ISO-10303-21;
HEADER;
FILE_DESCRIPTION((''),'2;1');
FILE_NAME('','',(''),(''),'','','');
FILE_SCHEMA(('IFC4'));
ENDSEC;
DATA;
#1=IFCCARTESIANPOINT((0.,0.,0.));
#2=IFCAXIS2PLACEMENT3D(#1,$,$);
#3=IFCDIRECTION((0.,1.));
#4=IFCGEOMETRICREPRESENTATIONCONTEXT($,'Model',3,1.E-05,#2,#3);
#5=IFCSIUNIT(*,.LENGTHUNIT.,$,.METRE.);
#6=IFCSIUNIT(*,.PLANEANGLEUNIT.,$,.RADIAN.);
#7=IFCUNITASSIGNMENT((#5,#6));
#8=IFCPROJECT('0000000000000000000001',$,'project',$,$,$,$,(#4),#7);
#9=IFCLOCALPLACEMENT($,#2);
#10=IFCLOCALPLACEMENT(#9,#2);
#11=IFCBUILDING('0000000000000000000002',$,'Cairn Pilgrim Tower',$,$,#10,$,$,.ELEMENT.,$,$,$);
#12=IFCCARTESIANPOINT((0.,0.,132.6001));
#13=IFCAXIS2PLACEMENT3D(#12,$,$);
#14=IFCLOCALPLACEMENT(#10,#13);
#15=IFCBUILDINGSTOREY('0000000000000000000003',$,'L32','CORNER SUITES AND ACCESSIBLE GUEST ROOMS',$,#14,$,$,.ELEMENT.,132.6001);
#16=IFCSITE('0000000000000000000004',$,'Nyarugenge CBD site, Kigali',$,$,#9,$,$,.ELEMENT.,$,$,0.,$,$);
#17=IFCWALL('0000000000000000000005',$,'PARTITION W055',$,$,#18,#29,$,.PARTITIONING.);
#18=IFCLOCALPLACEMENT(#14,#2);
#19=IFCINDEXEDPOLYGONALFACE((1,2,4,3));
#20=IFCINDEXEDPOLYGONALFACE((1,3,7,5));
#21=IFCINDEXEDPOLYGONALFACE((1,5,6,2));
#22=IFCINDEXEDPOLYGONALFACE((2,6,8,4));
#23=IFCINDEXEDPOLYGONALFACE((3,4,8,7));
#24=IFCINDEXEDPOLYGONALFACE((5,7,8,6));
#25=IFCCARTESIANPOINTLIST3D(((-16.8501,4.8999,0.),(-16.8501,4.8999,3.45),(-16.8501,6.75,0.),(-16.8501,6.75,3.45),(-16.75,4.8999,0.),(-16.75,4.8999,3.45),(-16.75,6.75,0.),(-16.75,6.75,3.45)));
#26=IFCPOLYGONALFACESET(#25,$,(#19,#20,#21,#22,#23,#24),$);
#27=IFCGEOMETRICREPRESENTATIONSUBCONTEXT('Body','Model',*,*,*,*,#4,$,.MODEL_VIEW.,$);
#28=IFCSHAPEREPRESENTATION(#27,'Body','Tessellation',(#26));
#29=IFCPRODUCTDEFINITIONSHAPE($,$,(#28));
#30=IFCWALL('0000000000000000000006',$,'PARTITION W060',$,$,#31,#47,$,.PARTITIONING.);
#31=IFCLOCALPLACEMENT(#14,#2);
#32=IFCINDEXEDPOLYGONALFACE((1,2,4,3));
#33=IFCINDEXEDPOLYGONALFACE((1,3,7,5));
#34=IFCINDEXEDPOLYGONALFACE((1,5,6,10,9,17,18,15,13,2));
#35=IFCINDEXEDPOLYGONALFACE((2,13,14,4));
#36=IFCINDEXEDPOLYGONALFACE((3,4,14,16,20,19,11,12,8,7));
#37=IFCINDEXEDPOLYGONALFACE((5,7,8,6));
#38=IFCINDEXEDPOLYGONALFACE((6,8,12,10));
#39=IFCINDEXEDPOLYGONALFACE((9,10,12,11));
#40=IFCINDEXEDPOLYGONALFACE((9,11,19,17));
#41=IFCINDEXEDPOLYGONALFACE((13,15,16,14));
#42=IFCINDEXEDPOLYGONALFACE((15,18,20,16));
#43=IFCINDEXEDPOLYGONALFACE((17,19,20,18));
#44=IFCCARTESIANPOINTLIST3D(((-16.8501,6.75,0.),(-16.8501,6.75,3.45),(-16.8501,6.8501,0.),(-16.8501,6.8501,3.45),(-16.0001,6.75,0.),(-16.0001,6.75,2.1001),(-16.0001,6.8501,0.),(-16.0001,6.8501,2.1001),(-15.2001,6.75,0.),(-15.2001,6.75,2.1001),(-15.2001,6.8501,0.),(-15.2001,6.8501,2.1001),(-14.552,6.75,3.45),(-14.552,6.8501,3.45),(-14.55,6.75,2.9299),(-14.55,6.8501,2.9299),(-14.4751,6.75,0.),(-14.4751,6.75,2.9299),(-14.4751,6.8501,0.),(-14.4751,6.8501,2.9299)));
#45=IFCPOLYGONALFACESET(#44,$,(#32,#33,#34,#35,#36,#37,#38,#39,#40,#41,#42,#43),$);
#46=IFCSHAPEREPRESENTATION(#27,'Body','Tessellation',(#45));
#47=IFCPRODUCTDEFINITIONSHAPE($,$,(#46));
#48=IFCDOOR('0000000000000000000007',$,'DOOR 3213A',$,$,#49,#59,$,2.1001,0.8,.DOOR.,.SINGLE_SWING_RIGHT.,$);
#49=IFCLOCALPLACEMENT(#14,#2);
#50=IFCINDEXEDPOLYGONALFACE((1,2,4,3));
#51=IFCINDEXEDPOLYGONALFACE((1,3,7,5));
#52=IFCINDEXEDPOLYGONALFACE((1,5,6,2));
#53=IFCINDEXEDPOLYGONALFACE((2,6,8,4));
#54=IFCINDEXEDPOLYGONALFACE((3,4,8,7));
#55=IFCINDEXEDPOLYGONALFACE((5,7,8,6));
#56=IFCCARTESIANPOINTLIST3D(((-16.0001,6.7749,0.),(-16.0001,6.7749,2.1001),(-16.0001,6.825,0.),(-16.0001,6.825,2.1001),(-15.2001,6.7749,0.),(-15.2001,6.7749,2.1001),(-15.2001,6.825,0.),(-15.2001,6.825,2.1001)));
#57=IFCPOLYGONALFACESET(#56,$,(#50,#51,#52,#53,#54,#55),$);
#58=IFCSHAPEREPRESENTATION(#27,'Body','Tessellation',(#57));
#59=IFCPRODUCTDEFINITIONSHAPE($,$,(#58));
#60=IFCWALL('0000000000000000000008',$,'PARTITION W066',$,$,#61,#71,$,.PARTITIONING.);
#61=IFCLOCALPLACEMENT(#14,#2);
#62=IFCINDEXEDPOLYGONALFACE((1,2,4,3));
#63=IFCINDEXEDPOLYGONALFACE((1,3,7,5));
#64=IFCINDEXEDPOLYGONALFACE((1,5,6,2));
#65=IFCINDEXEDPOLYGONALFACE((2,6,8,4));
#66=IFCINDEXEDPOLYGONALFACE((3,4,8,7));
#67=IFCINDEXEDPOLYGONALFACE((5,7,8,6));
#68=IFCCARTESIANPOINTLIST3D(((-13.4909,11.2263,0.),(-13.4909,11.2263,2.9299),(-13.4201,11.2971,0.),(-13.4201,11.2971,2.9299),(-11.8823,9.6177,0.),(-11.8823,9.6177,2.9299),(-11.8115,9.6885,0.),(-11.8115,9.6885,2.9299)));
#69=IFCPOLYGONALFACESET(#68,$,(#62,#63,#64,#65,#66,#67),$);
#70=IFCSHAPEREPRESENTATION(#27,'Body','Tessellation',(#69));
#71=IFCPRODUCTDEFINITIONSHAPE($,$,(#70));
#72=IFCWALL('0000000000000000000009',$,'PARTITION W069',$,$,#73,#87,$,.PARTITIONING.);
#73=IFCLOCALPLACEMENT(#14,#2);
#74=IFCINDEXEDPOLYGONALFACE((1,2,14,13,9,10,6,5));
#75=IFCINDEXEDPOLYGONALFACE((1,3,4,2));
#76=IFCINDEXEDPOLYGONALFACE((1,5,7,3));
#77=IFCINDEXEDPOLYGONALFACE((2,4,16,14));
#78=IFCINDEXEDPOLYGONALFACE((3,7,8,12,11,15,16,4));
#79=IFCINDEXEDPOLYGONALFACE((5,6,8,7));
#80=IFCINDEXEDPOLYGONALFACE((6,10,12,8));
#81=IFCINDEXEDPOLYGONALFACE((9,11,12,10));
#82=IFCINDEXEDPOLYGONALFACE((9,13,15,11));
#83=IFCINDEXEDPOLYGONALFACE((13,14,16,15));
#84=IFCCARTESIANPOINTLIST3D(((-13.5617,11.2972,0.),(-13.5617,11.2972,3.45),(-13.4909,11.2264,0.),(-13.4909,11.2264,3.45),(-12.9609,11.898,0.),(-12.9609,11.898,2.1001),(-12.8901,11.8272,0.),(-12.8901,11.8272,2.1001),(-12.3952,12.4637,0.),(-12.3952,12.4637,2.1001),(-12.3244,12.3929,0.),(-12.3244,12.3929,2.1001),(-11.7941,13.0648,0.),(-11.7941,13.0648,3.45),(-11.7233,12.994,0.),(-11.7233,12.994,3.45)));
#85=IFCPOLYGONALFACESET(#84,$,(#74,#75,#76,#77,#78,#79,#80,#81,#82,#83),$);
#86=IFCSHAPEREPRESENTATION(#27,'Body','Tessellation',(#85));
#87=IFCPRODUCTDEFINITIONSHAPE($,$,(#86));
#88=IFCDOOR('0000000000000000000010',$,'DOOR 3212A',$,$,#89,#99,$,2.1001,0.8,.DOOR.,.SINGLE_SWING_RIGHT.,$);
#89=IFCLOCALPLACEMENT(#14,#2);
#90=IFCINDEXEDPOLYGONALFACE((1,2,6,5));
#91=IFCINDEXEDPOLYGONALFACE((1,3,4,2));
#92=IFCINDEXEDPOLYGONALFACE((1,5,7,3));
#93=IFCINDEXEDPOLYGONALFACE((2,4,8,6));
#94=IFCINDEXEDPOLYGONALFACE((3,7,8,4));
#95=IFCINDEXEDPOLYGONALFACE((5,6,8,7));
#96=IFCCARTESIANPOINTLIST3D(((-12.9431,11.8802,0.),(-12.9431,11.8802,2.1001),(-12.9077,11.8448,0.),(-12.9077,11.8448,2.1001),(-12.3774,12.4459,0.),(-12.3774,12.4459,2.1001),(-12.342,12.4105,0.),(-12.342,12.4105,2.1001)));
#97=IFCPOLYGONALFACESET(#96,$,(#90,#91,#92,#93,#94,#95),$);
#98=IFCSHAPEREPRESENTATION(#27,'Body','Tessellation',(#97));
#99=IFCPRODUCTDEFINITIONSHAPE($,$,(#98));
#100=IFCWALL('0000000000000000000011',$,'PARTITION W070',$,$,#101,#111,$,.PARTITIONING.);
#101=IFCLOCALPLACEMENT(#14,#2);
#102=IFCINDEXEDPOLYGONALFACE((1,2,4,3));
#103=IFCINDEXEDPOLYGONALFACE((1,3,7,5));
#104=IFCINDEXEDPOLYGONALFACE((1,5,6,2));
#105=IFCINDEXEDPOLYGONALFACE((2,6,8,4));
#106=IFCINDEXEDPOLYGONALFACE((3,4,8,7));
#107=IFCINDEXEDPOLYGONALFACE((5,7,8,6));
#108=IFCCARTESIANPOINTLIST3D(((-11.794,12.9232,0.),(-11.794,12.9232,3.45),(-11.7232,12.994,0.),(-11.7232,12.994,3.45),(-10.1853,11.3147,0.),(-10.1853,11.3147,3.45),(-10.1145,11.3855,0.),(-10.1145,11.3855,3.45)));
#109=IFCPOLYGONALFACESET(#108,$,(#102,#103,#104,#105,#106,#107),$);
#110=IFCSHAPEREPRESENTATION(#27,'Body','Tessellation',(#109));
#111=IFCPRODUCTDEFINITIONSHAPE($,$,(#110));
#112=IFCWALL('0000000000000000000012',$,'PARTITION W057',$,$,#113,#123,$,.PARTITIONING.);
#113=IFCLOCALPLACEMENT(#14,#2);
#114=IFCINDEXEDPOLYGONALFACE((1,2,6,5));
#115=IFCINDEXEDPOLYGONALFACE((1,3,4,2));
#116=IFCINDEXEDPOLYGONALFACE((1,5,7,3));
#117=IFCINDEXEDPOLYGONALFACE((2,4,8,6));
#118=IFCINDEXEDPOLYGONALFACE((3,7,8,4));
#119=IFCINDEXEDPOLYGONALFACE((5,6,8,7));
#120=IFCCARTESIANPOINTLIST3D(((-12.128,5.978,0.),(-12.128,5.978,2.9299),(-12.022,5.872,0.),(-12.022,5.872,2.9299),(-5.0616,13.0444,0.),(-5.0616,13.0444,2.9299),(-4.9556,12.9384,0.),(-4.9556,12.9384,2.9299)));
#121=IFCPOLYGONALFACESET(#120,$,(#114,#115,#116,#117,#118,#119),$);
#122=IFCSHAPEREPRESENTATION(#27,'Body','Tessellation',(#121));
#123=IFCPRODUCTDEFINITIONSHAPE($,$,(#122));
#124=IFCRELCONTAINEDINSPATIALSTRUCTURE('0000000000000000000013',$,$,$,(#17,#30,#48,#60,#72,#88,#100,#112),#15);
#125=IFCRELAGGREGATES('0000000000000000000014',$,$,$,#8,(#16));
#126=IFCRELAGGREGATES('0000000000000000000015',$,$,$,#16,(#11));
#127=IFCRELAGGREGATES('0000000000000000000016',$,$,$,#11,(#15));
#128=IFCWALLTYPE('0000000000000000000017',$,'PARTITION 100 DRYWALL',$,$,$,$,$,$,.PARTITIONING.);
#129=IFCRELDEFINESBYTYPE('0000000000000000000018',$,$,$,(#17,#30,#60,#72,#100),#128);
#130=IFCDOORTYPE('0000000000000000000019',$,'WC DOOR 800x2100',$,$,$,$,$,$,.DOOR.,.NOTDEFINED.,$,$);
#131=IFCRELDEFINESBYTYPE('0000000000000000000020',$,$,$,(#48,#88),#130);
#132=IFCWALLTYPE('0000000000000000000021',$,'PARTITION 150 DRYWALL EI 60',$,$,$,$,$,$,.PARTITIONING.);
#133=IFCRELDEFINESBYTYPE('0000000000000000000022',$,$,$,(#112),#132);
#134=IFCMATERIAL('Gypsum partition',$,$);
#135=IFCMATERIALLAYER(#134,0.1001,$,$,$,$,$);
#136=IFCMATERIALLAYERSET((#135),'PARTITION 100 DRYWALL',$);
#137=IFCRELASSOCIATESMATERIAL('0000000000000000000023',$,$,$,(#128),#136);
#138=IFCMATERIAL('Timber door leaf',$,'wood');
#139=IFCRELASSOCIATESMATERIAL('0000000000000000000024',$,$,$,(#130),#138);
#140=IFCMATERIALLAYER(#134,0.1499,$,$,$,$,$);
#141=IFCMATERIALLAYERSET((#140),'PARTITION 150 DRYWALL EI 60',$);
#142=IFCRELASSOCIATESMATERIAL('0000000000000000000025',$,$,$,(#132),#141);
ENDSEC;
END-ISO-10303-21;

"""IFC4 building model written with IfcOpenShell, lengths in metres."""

from ifc_helpers import new_model, si_unit, direction, frame, frame_2d, origin, place, context, subcontext, project, spatial, polyline, rectangle, outline, extrude, material, layer, layer_set, type_object, element, fill, save


model = new_model("IFC4")

# Units and contexts
model_context = context("Model", 3, precision=1e-05, world=origin(), true_north=direction((0.0, 1.0)))
body_context = subcontext(model_context, "Body", "Model", "MODEL_VIEW")
ifc_project = project(units=[si_unit("LENGTHUNIT", "METRE"), si_unit("PLANEANGLEUNIT", "RADIAN")], contexts=[model_context])

# Site, building, storey
site_placement = place(None, origin())
site = spatial("IfcSite", under=ifc_project, at=site_placement, Name="Nyarugenge CBD site, Kigali", CompositionType="ELEMENT", RefElevation=0.0)
building_placement = place(site_placement, origin())
building = spatial("IfcBuilding", under=site, at=building_placement, Name="Cairn Pilgrim Tower", CompositionType="ELEMENT")
storey_placement = place(building_placement, frame((0.0, 0.0, 132.6001)))
storey = spatial("IfcBuildingStorey", under=building, at=storey_placement, Name="L32", Description="CORNER SUITES AND ACCESSIBLE GUEST ROOMS", CompositionType="ELEMENT", Elevation=132.6001)

# Wall
ifc_material_1 = material(Name="Gypsum partition")
ifc_layer_1 = layer(ifc_material_1, 0.1001)
ifc_layer_set_1 = layer_set([ifc_layer_1], Name="PARTITION 100 DRYWALL")
wall_type_1 = type_object("IfcWallType", Name="PARTITION 100 DRYWALL", PredefinedType="PARTITIONING", material=ifc_layer_set_1)
wall_1_placement = place(storey_placement, frame((-16.8, 4.8999, 0.0), z_axis=(0.0, 0.0, 1.0), x_axis=(0.0, 1.0, 0.0)))
element("IfcWall", 1, at=wall_1_placement, inside=storey, type_object=wall_type_1, Name="PARTITION W055", PredefinedType="PARTITIONING", context=body_context, shape_type="SweptSolid", body=[
    extrude(rectangle(XDim=1.8501, YDim=0.1001, at=frame_2d((0.925, 0.0))), origin(), (0.0, 0.0, 1.0), 3.45),
])

# Wall, opening, door
wall_2_placement = place(storey_placement, frame((-16.8501, 6.8, 0.0), z_axis=(0.0, 0.0, 1.0), x_axis=(1.0, 0.0, 0.0)))
wall_2 = element("IfcWall", 2, at=wall_2_placement, inside=storey, type_object=wall_type_1, Name="PARTITION W060", PredefinedType="PARTITIONING", context=body_context, shape_type="SweptSolid", body=[
    extrude(outline(polyline([(0.0, 0.0), (2.375, 0.0), (2.375, 2.9299), (2.3, 2.9299), (2.2981, 3.45), (0.0, 3.45), (0.0, 0.0)])), frame((0.0, 0.05, 0.0), z_axis=(0.0, -1.0, 0.0), x_axis=(1.0, 0.0, 0.0)), (0.0, 0.0, 1.0), 0.1001),
])
opening_1_placement = place(wall_2_placement, frame((0.8501, 0.0, 0.0)))
opening_1 = element("IfcOpeningElement", 3, at=opening_1_placement, cuts=wall_2, PredefinedType="OPENING", context=body_context, shape_type="SweptSolid", body=[
    extrude(rectangle(XDim=0.8, YDim=2.1001, at=frame_2d((0.3999, 1.05))), frame((0.0, 0.0601, 0.0), z_axis=(0.0, -1.0, 0.0), x_axis=(1.0, 0.0, 0.0)), (0.0, 0.0, 1.0), 0.1201),
])
ifc_material_2 = material(Name="Timber door leaf", Category="wood")
door_type_1 = type_object("IfcDoorType", Name="WC DOOR 800x2100", OperationType="NOTDEFINED", PredefinedType="DOOR", material=ifc_material_2)
door_1_placement = place(opening_1_placement, origin())
door_1 = element("IfcDoor", 4, at=door_1_placement, inside=storey, type_object=door_type_1, Name="DOOR 3213A", OperationType="SINGLE_SWING_RIGHT", OverallHeight=2.1001, OverallWidth=0.8, PredefinedType="DOOR", context=body_context, shape_type="SweptSolid", body=[
    extrude(rectangle(XDim=0.8, YDim=2.1001, at=frame_2d((0.3999, 1.05))), frame((0.0, 0.0249, 0.0), z_axis=(0.0, -1.0, 0.0), x_axis=(1.0, 0.0, 0.0)), (0.0, 0.0, 1.0), 0.05),
])
fill(opening_1, door_1)

# Wall
wall_3_placement = place(storey_placement, frame((-11.8469, 9.6531, 0.0), z_axis=(0.0, 0.0, 1.0), x_axis=(-0.707107, 0.707107, 0.0)))
element("IfcWall", 5, at=wall_3_placement, inside=storey, type_object=wall_type_1, Name="PARTITION W066", PredefinedType="PARTITIONING", context=body_context, shape_type="SweptSolid", body=[
    extrude(rectangle(XDim=2.2749, YDim=0.1001, at=frame_2d((1.1375, 0.0))), origin(), (0.0, 0.0, 1.0), 2.9299),
])

# Wall, opening, door
wall_4_placement = place(storey_placement, frame((-13.5264, 11.2617, 0.0), z_axis=(0.0, 0.0, 1.0), x_axis=(0.707107, 0.707107, 0.0)))
wall_4 = element("IfcWall", 6, at=wall_4_placement, inside=storey, type_object=wall_type_1, Name="PARTITION W069", PredefinedType="PARTITIONING", context=body_context, shape_type="SweptSolid", body=[
    extrude(rectangle(XDim=2.4998, YDim=0.1001, at=frame_2d((1.25, 0.0))), origin(), (0.0, 0.0, 1.0), 3.45),
])
opening_2_placement = place(wall_4_placement, frame((0.8499, 0.0, 0.0)))
opening_2 = element("IfcOpeningElement", 7, at=opening_2_placement, cuts=wall_4, PredefinedType="OPENING", context=body_context, shape_type="SweptSolid", body=[
    extrude(rectangle(XDim=0.8, YDim=2.1001, at=frame_2d((0.3999, 1.05))), frame((0.0, 0.0601, 0.0), z_axis=(0.0, -1.0, 0.0), x_axis=(1.0, 0.0, 0.0)), (0.0, 0.0, 1.0), 0.1201),
])
door_2_placement = place(opening_2_placement, origin())
door_2 = element("IfcDoor", 8, at=door_2_placement, inside=storey, type_object=door_type_1, Name="DOOR 3212A", OperationType="SINGLE_SWING_RIGHT", OverallHeight=2.1001, OverallWidth=0.8, PredefinedType="DOOR", context=body_context, shape_type="SweptSolid", body=[
    extrude(rectangle(XDim=0.8, YDim=2.1001, at=frame_2d((0.3999, 1.05))), frame((0.0, 0.0249, 0.0), z_axis=(0.0, -1.0, 0.0), x_axis=(1.0, 0.0, 0.0)), (0.0, 0.0, 1.0), 0.05),
])
fill(opening_2, door_2)

# Walls
wall_5_placement = place(storey_placement, frame((-10.1499, 11.3501, 0.0), z_axis=(0.0, 0.0, 1.0), x_axis=(-0.70716, 0.707053, 0.0)))
element("IfcWall", 9, at=wall_5_placement, inside=storey, type_object=wall_type_1, Name="PARTITION W070", PredefinedType="PARTITIONING", context=body_context, shape_type="SweptSolid", body=[
    extrude(rectangle(XDim=2.2749, YDim=0.1001, at=frame_2d((1.1375, 0.0))), origin(), (0.0, 0.0, 1.0), 3.45),
])
ifc_layer_2 = layer(ifc_material_1, 0.1499)
ifc_layer_set_2 = layer_set([ifc_layer_2], Name="PARTITION 150 DRYWALL EI 60")
wall_type_2 = type_object("IfcWallType", Name="PARTITION 150 DRYWALL EI 60", PredefinedType="PARTITIONING", material=ifc_layer_set_2)
wall_6_placement = place(storey_placement, frame((-12.075, 5.925, 0.0), z_axis=(0.0, 0.0, 1.0), x_axis=(0.707107, 0.707107, 0.0)))
element("IfcWall", 10, at=wall_6_placement, inside=storey, type_object=wall_type_2, Name="PARTITION W057", PredefinedType="PARTITIONING", context=body_context, shape_type="SweptSolid", body=[
    extrude(rectangle(XDim=9.9934, YDim=0.1499, at=frame_2d((4.9966, 0.0))), origin(), (0.0, 0.0, 1.0), 2.9299),
])

save(model, "model.ifc")
